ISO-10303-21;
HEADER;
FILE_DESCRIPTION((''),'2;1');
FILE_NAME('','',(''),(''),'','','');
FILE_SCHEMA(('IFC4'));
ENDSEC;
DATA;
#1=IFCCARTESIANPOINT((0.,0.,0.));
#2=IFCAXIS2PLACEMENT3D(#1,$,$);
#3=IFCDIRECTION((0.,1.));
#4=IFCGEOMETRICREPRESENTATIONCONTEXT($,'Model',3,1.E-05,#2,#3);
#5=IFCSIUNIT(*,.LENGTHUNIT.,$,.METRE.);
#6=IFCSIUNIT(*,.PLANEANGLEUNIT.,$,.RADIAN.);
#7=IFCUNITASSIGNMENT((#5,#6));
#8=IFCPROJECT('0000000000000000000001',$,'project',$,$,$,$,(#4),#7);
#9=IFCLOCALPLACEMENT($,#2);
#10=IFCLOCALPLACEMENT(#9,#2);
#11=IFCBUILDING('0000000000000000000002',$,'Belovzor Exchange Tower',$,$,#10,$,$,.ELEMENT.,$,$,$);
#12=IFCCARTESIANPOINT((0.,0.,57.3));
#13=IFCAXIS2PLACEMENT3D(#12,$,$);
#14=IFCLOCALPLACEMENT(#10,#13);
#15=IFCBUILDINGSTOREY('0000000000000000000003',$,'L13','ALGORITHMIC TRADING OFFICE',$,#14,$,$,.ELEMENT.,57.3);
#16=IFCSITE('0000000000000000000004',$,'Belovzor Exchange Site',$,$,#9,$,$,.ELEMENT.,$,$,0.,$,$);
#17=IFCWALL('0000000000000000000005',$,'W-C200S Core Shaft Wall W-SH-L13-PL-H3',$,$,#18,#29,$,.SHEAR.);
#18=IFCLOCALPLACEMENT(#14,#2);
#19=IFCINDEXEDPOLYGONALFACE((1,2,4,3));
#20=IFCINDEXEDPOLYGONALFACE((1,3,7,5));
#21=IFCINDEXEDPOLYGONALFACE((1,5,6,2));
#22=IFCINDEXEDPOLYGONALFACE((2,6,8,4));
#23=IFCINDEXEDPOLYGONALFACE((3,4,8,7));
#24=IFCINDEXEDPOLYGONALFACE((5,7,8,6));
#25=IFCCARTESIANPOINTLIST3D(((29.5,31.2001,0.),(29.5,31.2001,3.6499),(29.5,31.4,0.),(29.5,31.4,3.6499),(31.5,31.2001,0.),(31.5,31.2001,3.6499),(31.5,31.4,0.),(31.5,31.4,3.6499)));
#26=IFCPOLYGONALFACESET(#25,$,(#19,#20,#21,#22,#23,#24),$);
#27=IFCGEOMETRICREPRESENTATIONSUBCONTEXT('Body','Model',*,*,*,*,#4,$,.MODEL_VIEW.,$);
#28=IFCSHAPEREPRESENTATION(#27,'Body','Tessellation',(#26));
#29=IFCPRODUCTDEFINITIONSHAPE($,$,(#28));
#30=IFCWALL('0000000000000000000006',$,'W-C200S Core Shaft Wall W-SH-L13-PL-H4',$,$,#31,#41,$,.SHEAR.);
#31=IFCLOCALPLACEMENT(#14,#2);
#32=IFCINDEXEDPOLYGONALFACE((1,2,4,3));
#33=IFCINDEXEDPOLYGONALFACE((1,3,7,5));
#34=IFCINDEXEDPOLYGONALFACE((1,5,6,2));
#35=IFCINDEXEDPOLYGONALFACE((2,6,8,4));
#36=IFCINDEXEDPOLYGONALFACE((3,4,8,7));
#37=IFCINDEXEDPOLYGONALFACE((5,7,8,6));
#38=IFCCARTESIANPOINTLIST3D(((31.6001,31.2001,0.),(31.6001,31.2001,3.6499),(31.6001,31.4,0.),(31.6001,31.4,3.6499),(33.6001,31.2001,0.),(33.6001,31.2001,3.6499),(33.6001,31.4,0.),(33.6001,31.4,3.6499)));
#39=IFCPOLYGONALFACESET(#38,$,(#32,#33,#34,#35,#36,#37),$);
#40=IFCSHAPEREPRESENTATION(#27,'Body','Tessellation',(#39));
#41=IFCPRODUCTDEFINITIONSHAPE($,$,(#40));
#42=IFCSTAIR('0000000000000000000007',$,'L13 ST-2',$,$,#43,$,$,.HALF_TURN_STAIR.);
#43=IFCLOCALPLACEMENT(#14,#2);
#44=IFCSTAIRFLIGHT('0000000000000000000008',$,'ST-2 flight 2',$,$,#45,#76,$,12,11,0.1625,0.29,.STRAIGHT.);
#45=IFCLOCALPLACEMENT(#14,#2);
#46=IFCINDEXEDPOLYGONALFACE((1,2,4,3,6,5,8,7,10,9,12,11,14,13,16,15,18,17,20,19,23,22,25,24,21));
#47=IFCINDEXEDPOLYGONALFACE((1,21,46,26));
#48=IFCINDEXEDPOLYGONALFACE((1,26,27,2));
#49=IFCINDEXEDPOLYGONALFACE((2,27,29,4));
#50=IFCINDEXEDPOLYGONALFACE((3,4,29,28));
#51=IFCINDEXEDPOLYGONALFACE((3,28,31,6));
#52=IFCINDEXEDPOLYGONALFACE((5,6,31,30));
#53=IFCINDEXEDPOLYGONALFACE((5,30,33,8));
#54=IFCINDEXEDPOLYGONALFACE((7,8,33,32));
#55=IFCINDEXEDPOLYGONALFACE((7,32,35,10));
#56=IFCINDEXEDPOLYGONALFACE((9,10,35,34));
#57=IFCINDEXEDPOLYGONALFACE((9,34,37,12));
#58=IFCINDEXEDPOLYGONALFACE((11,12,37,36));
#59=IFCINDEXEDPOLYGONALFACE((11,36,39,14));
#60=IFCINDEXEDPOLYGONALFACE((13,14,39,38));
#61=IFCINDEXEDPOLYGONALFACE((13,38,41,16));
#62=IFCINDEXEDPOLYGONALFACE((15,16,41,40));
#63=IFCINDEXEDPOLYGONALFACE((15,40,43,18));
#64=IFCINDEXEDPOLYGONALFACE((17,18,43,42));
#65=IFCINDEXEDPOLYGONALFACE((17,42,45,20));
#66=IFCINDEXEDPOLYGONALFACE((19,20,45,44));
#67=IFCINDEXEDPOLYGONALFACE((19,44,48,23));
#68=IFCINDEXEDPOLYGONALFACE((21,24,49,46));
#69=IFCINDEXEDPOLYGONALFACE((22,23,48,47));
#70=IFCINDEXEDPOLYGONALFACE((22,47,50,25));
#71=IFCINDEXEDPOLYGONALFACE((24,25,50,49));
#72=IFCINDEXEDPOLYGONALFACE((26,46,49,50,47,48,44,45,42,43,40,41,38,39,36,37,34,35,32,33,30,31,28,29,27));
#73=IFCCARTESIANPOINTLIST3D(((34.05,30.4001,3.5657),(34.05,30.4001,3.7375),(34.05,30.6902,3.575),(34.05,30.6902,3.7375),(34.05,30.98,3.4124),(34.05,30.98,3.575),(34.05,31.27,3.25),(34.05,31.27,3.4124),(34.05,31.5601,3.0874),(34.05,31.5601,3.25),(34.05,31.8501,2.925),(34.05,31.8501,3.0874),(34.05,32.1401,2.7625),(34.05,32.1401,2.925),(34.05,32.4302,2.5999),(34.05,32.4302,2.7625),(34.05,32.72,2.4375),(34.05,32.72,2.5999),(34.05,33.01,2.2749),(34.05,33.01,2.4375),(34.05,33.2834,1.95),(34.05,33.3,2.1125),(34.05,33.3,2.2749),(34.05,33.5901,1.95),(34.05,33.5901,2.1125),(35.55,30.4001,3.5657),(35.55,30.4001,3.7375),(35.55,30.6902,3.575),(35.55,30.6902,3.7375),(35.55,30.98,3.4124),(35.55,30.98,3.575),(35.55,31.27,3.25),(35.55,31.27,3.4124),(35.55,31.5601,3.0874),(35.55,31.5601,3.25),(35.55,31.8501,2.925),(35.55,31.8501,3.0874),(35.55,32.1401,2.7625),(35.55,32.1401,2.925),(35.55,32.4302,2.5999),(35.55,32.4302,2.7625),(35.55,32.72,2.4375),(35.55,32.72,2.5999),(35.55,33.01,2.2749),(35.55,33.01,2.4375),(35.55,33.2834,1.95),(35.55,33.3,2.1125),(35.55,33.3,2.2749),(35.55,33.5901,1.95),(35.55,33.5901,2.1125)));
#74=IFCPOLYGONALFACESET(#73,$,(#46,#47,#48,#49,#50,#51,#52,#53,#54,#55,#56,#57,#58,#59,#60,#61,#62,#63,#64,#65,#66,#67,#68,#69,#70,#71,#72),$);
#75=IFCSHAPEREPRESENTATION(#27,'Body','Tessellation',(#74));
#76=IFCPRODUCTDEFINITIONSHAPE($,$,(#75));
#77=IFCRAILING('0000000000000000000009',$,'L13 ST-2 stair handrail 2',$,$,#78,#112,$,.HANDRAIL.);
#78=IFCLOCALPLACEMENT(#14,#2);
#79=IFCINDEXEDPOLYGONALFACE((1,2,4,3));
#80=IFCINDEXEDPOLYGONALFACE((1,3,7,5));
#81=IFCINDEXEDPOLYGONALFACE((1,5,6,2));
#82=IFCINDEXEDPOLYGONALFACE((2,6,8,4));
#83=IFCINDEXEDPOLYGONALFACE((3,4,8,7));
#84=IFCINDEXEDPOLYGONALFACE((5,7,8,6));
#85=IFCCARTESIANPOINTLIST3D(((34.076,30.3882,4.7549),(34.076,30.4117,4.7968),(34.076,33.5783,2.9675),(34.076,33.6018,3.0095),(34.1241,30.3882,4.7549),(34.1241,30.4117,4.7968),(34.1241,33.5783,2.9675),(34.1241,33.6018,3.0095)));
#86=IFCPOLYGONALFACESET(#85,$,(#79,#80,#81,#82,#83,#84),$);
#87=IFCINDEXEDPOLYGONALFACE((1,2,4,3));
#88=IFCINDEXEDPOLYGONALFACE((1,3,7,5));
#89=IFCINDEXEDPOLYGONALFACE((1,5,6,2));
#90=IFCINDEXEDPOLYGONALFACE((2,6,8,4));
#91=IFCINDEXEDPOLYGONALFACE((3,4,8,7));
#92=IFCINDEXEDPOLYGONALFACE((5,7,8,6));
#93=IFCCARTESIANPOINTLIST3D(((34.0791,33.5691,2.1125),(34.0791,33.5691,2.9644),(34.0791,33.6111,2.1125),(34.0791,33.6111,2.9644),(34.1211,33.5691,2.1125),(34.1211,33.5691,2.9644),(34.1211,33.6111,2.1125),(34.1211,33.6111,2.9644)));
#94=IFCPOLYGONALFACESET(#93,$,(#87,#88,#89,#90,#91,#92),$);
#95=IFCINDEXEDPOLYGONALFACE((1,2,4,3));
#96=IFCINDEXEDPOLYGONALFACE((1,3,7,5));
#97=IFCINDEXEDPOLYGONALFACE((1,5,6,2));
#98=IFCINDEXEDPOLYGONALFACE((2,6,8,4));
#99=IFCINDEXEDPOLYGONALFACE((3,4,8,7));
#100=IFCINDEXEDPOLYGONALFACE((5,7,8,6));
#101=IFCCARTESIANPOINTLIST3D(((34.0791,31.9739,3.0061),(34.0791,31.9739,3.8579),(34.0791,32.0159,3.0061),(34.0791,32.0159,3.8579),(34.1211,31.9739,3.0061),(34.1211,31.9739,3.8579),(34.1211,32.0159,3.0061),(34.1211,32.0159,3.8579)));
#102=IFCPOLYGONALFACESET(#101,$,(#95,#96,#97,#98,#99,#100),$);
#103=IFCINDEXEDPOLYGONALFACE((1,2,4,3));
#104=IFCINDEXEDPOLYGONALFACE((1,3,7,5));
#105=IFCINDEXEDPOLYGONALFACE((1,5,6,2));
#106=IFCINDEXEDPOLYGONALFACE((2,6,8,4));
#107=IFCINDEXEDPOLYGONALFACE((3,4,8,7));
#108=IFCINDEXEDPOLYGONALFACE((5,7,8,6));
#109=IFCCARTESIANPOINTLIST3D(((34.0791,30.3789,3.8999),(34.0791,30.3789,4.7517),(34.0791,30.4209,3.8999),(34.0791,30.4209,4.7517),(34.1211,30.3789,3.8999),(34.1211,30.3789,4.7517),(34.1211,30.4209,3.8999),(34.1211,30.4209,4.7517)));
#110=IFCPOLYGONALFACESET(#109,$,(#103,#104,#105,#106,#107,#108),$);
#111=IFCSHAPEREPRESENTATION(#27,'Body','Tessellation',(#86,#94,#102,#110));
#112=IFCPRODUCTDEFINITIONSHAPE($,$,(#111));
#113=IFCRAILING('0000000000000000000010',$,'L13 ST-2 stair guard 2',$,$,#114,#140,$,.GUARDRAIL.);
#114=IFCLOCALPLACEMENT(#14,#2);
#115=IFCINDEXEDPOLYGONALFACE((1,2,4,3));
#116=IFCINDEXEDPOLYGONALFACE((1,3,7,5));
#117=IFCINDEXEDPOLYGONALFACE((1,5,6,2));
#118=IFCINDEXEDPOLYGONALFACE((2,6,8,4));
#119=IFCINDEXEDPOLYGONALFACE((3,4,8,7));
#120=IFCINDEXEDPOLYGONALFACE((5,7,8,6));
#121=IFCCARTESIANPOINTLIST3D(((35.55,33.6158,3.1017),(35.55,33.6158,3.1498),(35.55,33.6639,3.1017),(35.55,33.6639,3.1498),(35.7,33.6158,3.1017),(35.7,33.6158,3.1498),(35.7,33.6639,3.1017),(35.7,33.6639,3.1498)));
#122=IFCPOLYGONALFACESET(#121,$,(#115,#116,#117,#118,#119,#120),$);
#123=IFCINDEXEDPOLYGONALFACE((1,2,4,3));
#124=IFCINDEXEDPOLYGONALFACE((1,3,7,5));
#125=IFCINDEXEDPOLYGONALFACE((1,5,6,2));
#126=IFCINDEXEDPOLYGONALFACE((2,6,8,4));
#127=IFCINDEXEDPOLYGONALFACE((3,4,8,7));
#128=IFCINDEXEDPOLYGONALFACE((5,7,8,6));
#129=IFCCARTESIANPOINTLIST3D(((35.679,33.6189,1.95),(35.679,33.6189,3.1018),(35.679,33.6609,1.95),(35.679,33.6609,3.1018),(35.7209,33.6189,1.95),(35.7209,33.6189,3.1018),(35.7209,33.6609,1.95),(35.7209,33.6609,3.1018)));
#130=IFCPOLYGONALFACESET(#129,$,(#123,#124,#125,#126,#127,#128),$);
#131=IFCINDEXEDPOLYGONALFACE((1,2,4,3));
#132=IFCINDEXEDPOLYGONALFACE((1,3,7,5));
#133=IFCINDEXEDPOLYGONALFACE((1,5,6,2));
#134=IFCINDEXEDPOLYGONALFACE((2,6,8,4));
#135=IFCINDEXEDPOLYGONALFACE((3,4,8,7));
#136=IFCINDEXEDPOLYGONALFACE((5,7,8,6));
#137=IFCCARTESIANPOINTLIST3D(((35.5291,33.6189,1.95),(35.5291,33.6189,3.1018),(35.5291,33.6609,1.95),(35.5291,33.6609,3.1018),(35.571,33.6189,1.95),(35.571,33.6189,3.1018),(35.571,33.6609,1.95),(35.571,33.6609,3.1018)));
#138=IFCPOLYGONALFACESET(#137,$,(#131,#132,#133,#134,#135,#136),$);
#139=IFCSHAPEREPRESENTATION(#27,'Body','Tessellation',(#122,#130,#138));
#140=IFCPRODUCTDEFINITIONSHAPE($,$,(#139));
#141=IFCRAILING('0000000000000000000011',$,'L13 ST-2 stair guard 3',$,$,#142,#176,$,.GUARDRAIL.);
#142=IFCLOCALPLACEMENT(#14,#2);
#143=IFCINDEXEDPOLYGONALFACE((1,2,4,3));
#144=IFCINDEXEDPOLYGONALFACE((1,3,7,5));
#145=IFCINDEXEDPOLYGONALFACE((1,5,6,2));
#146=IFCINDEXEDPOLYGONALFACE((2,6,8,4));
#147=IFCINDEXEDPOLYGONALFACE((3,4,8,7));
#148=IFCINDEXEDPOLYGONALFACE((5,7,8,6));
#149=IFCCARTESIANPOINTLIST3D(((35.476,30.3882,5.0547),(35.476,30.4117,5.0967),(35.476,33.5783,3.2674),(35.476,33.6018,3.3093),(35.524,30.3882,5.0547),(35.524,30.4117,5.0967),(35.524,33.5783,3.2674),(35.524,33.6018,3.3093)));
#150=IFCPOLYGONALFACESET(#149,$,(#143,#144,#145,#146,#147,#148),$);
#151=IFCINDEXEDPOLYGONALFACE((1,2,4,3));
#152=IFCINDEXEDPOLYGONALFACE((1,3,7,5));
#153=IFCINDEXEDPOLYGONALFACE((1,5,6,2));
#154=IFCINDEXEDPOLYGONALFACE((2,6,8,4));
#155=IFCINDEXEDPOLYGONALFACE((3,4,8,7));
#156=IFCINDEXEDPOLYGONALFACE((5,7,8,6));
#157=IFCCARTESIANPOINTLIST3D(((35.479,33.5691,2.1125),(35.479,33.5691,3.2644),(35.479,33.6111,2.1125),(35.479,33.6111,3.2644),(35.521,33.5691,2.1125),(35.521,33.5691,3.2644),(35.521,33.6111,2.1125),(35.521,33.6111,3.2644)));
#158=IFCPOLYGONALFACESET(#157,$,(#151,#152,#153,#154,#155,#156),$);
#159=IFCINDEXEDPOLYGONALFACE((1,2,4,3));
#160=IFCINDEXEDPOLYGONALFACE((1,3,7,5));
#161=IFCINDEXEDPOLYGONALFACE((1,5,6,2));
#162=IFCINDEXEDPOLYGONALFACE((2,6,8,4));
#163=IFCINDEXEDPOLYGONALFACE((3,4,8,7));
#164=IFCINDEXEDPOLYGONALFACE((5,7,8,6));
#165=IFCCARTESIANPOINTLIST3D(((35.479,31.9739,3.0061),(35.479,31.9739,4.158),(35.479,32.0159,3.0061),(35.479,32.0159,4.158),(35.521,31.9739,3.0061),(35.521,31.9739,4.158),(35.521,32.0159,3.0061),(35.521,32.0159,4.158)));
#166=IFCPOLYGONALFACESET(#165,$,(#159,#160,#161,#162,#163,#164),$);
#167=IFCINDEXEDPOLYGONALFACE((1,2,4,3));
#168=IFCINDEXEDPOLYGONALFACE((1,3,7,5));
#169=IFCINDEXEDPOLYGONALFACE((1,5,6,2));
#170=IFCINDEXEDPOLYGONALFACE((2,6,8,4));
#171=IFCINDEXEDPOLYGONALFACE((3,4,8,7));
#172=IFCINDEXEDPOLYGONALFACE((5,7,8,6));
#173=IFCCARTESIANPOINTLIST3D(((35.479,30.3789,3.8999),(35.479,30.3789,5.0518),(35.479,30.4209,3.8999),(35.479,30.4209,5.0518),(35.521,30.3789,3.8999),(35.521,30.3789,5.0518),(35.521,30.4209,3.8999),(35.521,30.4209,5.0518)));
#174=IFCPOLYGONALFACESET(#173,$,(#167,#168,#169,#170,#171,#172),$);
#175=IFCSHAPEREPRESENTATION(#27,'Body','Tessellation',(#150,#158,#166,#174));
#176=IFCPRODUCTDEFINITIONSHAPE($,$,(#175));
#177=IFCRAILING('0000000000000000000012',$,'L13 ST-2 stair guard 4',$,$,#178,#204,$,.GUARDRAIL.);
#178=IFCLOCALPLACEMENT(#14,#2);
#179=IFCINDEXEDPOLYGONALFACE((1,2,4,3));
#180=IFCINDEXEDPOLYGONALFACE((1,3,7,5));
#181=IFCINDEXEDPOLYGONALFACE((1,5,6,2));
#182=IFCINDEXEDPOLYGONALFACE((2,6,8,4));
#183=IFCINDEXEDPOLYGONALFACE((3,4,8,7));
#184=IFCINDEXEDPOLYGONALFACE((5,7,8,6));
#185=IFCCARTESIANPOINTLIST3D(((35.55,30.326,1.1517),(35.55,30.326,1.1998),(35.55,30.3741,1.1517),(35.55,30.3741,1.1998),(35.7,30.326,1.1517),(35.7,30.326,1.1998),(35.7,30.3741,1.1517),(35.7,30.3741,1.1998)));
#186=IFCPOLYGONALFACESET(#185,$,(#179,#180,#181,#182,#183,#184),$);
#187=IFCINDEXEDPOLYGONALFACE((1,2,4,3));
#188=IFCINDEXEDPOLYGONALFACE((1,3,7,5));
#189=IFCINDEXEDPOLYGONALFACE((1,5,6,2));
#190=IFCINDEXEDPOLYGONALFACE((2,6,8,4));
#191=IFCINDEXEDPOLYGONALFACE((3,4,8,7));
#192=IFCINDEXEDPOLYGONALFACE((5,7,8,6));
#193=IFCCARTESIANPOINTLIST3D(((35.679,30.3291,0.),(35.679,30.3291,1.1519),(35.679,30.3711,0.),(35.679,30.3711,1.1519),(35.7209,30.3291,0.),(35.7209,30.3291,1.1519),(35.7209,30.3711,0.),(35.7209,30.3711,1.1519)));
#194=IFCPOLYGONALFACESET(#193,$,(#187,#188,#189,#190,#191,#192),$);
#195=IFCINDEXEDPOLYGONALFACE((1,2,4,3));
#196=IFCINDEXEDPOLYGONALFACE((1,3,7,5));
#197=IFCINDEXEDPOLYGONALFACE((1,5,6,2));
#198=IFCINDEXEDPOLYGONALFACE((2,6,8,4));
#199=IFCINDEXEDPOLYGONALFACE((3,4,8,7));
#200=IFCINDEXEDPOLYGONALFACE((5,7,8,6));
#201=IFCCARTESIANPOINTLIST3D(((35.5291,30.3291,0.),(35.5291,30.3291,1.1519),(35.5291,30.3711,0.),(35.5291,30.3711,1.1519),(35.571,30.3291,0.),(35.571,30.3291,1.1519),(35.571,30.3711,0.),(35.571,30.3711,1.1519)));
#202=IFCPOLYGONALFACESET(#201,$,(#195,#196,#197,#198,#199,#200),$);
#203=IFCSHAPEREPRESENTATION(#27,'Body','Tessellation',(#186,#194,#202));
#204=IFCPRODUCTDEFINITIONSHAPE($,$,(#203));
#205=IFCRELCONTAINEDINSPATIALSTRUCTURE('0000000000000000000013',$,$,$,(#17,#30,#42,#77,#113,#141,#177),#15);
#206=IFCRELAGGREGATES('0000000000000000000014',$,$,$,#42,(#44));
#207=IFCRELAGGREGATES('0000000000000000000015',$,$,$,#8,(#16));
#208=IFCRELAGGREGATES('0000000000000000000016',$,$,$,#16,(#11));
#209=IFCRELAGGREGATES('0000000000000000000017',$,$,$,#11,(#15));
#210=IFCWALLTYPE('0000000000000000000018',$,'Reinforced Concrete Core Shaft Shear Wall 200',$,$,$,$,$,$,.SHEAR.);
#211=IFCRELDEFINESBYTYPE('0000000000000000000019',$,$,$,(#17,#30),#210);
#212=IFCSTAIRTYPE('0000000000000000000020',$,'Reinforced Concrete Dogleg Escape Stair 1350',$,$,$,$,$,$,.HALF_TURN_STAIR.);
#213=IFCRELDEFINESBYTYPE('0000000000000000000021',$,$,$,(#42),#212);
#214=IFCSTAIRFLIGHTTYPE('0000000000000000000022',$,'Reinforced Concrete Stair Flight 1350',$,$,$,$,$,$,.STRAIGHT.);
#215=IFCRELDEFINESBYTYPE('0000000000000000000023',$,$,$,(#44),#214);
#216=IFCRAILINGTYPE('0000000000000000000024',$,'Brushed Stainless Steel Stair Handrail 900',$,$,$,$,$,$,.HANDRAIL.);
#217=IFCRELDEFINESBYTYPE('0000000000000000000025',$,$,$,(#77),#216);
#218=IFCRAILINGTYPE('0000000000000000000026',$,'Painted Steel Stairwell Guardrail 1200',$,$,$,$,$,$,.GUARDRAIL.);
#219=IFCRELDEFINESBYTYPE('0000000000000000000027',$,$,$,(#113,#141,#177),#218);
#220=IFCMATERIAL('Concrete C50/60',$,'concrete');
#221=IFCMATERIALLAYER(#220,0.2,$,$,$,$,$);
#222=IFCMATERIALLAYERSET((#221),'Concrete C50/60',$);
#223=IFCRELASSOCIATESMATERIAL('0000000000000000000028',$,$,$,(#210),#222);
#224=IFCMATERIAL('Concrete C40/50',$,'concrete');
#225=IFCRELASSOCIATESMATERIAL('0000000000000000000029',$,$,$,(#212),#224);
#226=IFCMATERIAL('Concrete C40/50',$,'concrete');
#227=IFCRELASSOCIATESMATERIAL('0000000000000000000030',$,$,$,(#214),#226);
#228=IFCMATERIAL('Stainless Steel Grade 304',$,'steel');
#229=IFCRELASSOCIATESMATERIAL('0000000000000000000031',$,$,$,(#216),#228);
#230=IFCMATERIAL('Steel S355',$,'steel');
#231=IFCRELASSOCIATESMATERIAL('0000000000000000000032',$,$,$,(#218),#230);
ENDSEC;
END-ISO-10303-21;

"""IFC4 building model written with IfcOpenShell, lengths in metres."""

from ifc_helpers import new_model, si_unit, direction, frame, frame_2d, origin, origin_2d, place, context, subcontext, project, spatial, polyline, rectangle, outline, extrude, material, layer, layer_set, type_object, element, aggregate, save


model = new_model("IFC4")

# Units and contexts
model_context = context("Model", 3, precision=1e-05, world=origin(), true_north=direction((0.0, 1.0)))
body_context = subcontext(model_context, "Body", "Model", "MODEL_VIEW")
ifc_project = project(units=[si_unit("LENGTHUNIT", "METRE"), si_unit("PLANEANGLEUNIT", "RADIAN")], contexts=[model_context])

# Site, building, storey
site_placement = place(None, origin())
site = spatial("IfcSite", under=ifc_project, at=site_placement, Name="Belovzor Exchange Site", CompositionType="ELEMENT", RefElevation=0.0)
building_placement = place(site_placement, origin())
building = spatial("IfcBuilding", under=site, at=building_placement, Name="Belovzor Exchange Tower", CompositionType="ELEMENT")
storey_placement = place(building_placement, frame((0.0, 0.0, 57.3)))
storey = spatial("IfcBuildingStorey", under=building, at=storey_placement, Name="L13", Description="ALGORITHMIC TRADING OFFICE", CompositionType="ELEMENT", Elevation=57.3)

# Walls
ifc_material_1 = material(Name="Concrete C50/60", Category="concrete")
ifc_layer_1 = layer(ifc_material_1, 0.2)
ifc_layer_set_1 = layer_set([ifc_layer_1], Name="Concrete C50/60")
wall_type_1 = type_object("IfcWallType", Name="Reinforced Concrete Core Shaft Shear Wall 200", PredefinedType="SHEAR", material=ifc_layer_set_1)
for number, where, z_axis, x_axis, name in (
    (1, (29.5, 31.3, 0.0), (0.0, 0.0, 1.0), (1.0, 0.0, 0.0), "W-C200S Core Shaft Wall W-SH-L13-PL-H3"),
    (2, (31.6001, 31.3, 0.0), (0.0, 0.0, 1.0), (1.0, 0.0, 0.0), "W-C200S Core Shaft Wall W-SH-L13-PL-H4"),
):
    element("IfcWall", number, at=place(storey_placement, frame(where, z_axis=z_axis, x_axis=x_axis)), inside=storey, type_object=wall_type_1, Name=name, PredefinedType="SHEAR", context=body_context, shape_type="SweptSolid", body=[
        extrude(rectangle(XDim=2.0, YDim=0.2, at=frame_2d((1.0, 0.0))), origin(), (0.0, 0.0, 1.0), 3.6499),
    ])

# Stair, stair flight
ifc_material_2 = material(Name="Concrete C40/50", Category="concrete")
stair_type = type_object("IfcStairType", Name="Reinforced Concrete Dogleg Escape Stair 1350", PredefinedType="HALF_TURN_STAIR", material=ifc_material_2)
stair_placement = place(storey_placement, origin())
stair = element("IfcStair", 3, at=stair_placement, inside=storey, type_object=stair_type, Name="L13 ST-2", PredefinedType="HALF_TURN_STAIR")
ifc_material_3 = material(Name="Concrete C40/50", Category="concrete")
stair_flight_type = type_object("IfcStairFlightType", Name="Reinforced Concrete Stair Flight 1350", PredefinedType="STRAIGHT", material=ifc_material_3)
stair_flight_placement = place(storey_placement, frame((34.8, 33.5901, 1.95), z_axis=(0.0, 0.0, 1.0), x_axis=(0.0, -1.0, 0.0)))
stair_flight = element("IfcStairFlight", 4, at=stair_flight_placement, type_object=stair_flight_type, Name="ST-2 flight 2", NumberOfRisers=12, NumberOfTreads=11, PredefinedType="STRAIGHT", RiserHeight=0.1625, TreadLength=0.29, context=body_context, shape_type="SweptSolid", body=[
    extrude(outline(polyline([(0.0, 0.0), (0.0, 0.1626), (0.29, 0.1626), (0.29, 0.325), (0.5801, 0.325), (0.5801, 0.4875), (0.8701, 0.4875), (0.8701, 0.6499), (1.1599, 0.6499), (1.1599, 0.8125), (1.45, 0.8125), (1.45, 0.9751), (1.74, 0.9751), (1.74, 1.1375), (2.03, 1.1375), (2.03, 1.3), (2.3201, 1.3), (2.3201, 1.4624), (2.6101, 1.4624), (2.6101, 1.625), (2.8999, 1.625), (2.8999, 1.7876), (3.1899, 1.7876), (3.1899, 1.95), (3.1899, 1.6157), (0.3066, 0.0), (0.0, 0.0)])), frame((0.0, 0.75, 0.0), z_axis=(0.0, -1.0, 0.0), x_axis=(1.0, 0.0, 0.0)), (0.0, 0.0, 1.0), 1.5),
])
aggregate(stair, [stair_flight])

# Railings
ifc_material_4 = material(Name="Stainless Steel Grade 304", Category="steel")
railing_type_1 = type_object("IfcRailingType", Name="Brushed Stainless Steel Stair Handrail 900", PredefinedType="HANDRAIL", material=ifc_material_4)
railing_1_placement = place(storey_placement, frame((34.1001, 33.5901, 2.1125)))
element("IfcRailing", 5, at=railing_1_placement, inside=storey, type_object=railing_type_1, Name="L13 ST-2 stair handrail 2", PredefinedType="HANDRAIL", context=body_context, shape_type="SweptSolid", body=[
    extrude(rectangle(XDim=0.0481, YDim=0.0481, at=origin_2d()), frame((0.0, 0.0, 0.876), z_axis=(0.0, -0.872407, 0.48878), x_axis=(1.0, 0.0, 0.0)), (0.0, 0.0, 1.0), 3.6567),
    extrude(rectangle(XDim=0.042, YDim=0.042, at=origin_2d()), origin(), (0.0, 0.0, 1.0), 0.8518),
    extrude(rectangle(XDim=0.042, YDim=0.042, at=origin_2d()), frame((0.0, -1.5952, 0.8936)), (0.0, 0.0, 1.0), 0.8518),
    extrude(rectangle(XDim=0.042, YDim=0.042, at=origin_2d()), frame((0.0, -3.1902, 1.7874)), (0.0, 0.0, 1.0), 0.8518),
])
ifc_material_5 = material(Name="Steel S355", Category="steel")
railing_type_2 = type_object("IfcRailingType", Name="Painted Steel Stairwell Guardrail 1200", PredefinedType="GUARDRAIL", material=ifc_material_5)
railing_2_placement = place(storey_placement, frame((35.7, 33.6399, 1.95)))
element("IfcRailing", 6, at=railing_2_placement, inside=storey, type_object=railing_type_2, Name="L13 ST-2 stair guard 2", PredefinedType="GUARDRAIL", context=body_context, shape_type="SweptSolid", body=[
    extrude(rectangle(XDim=0.0481, YDim=0.0481, at=origin_2d()), frame((0.0, 0.0, 1.1758), z_axis=(-1.0, 0.0, 0.0), x_axis=(0.0, -1.0, 0.0)), (0.0, 0.0, 1.0), 0.1499),
    extrude(rectangle(XDim=0.042, YDim=0.042, at=origin_2d()), origin(), (0.0, 0.0, 1.0), 1.1519),
    extrude(rectangle(XDim=0.042, YDim=0.042, at=origin_2d()), frame((-0.1499, 0.0, 0.0)), (0.0, 0.0, 1.0), 1.1519),
])
railing_3_placement = place(storey_placement, frame((35.5, 33.5901, 2.1125)))
element("IfcRailing", 7, at=railing_3_placement, inside=storey, type_object=railing_type_2, Name="L13 ST-2 stair guard 3", PredefinedType="GUARDRAIL", context=body_context, shape_type="SweptSolid", body=[
    extrude(rectangle(XDim=0.0481, YDim=0.0481, at=origin_2d()), frame((0.0, 0.0, 1.1758), z_axis=(0.0, -0.872407, 0.48878), x_axis=(1.0, 0.0, 0.0)), (0.0, 0.0, 1.0), 3.6567),
    extrude(rectangle(XDim=0.042, YDim=0.042, at=origin_2d()), origin(), (0.0, 0.0, 1.0), 1.1519),
    extrude(rectangle(XDim=0.042, YDim=0.042, at=origin_2d()), frame((0.0, -1.5952, 0.8936)), (0.0, 0.0, 1.0), 1.1519),
    extrude(rectangle(XDim=0.042, YDim=0.042, at=origin_2d()), frame((0.0, -3.1902, 1.7874)), (0.0, 0.0, 1.0), 1.1519),
])
railing_4_placement = place(storey_placement, frame((35.7, 30.3501, 0.0)))
element("IfcRailing", 8, at=railing_4_placement, inside=storey, type_object=railing_type_2, Name="L13 ST-2 stair guard 4", PredefinedType="GUARDRAIL", context=body_context, shape_type="SweptSolid", body=[
    extrude(rectangle(XDim=0.0481, YDim=0.0481, at=origin_2d()), frame((0.0, 0.0, 1.1758), z_axis=(-1.0, 0.0, 0.0), x_axis=(0.0, -1.0, 0.0)), (0.0, 0.0, 1.0), 0.1499),
    extrude(rectangle(XDim=0.042, YDim=0.042, at=origin_2d()), origin(), (0.0, 0.0, 1.0), 1.1519),
    extrude(rectangle(XDim=0.042, YDim=0.042, at=origin_2d()), frame((-0.1499, 0.0, 0.0)), (0.0, 0.0, 1.0), 1.1519),
])

save(model, "model.ifc")
